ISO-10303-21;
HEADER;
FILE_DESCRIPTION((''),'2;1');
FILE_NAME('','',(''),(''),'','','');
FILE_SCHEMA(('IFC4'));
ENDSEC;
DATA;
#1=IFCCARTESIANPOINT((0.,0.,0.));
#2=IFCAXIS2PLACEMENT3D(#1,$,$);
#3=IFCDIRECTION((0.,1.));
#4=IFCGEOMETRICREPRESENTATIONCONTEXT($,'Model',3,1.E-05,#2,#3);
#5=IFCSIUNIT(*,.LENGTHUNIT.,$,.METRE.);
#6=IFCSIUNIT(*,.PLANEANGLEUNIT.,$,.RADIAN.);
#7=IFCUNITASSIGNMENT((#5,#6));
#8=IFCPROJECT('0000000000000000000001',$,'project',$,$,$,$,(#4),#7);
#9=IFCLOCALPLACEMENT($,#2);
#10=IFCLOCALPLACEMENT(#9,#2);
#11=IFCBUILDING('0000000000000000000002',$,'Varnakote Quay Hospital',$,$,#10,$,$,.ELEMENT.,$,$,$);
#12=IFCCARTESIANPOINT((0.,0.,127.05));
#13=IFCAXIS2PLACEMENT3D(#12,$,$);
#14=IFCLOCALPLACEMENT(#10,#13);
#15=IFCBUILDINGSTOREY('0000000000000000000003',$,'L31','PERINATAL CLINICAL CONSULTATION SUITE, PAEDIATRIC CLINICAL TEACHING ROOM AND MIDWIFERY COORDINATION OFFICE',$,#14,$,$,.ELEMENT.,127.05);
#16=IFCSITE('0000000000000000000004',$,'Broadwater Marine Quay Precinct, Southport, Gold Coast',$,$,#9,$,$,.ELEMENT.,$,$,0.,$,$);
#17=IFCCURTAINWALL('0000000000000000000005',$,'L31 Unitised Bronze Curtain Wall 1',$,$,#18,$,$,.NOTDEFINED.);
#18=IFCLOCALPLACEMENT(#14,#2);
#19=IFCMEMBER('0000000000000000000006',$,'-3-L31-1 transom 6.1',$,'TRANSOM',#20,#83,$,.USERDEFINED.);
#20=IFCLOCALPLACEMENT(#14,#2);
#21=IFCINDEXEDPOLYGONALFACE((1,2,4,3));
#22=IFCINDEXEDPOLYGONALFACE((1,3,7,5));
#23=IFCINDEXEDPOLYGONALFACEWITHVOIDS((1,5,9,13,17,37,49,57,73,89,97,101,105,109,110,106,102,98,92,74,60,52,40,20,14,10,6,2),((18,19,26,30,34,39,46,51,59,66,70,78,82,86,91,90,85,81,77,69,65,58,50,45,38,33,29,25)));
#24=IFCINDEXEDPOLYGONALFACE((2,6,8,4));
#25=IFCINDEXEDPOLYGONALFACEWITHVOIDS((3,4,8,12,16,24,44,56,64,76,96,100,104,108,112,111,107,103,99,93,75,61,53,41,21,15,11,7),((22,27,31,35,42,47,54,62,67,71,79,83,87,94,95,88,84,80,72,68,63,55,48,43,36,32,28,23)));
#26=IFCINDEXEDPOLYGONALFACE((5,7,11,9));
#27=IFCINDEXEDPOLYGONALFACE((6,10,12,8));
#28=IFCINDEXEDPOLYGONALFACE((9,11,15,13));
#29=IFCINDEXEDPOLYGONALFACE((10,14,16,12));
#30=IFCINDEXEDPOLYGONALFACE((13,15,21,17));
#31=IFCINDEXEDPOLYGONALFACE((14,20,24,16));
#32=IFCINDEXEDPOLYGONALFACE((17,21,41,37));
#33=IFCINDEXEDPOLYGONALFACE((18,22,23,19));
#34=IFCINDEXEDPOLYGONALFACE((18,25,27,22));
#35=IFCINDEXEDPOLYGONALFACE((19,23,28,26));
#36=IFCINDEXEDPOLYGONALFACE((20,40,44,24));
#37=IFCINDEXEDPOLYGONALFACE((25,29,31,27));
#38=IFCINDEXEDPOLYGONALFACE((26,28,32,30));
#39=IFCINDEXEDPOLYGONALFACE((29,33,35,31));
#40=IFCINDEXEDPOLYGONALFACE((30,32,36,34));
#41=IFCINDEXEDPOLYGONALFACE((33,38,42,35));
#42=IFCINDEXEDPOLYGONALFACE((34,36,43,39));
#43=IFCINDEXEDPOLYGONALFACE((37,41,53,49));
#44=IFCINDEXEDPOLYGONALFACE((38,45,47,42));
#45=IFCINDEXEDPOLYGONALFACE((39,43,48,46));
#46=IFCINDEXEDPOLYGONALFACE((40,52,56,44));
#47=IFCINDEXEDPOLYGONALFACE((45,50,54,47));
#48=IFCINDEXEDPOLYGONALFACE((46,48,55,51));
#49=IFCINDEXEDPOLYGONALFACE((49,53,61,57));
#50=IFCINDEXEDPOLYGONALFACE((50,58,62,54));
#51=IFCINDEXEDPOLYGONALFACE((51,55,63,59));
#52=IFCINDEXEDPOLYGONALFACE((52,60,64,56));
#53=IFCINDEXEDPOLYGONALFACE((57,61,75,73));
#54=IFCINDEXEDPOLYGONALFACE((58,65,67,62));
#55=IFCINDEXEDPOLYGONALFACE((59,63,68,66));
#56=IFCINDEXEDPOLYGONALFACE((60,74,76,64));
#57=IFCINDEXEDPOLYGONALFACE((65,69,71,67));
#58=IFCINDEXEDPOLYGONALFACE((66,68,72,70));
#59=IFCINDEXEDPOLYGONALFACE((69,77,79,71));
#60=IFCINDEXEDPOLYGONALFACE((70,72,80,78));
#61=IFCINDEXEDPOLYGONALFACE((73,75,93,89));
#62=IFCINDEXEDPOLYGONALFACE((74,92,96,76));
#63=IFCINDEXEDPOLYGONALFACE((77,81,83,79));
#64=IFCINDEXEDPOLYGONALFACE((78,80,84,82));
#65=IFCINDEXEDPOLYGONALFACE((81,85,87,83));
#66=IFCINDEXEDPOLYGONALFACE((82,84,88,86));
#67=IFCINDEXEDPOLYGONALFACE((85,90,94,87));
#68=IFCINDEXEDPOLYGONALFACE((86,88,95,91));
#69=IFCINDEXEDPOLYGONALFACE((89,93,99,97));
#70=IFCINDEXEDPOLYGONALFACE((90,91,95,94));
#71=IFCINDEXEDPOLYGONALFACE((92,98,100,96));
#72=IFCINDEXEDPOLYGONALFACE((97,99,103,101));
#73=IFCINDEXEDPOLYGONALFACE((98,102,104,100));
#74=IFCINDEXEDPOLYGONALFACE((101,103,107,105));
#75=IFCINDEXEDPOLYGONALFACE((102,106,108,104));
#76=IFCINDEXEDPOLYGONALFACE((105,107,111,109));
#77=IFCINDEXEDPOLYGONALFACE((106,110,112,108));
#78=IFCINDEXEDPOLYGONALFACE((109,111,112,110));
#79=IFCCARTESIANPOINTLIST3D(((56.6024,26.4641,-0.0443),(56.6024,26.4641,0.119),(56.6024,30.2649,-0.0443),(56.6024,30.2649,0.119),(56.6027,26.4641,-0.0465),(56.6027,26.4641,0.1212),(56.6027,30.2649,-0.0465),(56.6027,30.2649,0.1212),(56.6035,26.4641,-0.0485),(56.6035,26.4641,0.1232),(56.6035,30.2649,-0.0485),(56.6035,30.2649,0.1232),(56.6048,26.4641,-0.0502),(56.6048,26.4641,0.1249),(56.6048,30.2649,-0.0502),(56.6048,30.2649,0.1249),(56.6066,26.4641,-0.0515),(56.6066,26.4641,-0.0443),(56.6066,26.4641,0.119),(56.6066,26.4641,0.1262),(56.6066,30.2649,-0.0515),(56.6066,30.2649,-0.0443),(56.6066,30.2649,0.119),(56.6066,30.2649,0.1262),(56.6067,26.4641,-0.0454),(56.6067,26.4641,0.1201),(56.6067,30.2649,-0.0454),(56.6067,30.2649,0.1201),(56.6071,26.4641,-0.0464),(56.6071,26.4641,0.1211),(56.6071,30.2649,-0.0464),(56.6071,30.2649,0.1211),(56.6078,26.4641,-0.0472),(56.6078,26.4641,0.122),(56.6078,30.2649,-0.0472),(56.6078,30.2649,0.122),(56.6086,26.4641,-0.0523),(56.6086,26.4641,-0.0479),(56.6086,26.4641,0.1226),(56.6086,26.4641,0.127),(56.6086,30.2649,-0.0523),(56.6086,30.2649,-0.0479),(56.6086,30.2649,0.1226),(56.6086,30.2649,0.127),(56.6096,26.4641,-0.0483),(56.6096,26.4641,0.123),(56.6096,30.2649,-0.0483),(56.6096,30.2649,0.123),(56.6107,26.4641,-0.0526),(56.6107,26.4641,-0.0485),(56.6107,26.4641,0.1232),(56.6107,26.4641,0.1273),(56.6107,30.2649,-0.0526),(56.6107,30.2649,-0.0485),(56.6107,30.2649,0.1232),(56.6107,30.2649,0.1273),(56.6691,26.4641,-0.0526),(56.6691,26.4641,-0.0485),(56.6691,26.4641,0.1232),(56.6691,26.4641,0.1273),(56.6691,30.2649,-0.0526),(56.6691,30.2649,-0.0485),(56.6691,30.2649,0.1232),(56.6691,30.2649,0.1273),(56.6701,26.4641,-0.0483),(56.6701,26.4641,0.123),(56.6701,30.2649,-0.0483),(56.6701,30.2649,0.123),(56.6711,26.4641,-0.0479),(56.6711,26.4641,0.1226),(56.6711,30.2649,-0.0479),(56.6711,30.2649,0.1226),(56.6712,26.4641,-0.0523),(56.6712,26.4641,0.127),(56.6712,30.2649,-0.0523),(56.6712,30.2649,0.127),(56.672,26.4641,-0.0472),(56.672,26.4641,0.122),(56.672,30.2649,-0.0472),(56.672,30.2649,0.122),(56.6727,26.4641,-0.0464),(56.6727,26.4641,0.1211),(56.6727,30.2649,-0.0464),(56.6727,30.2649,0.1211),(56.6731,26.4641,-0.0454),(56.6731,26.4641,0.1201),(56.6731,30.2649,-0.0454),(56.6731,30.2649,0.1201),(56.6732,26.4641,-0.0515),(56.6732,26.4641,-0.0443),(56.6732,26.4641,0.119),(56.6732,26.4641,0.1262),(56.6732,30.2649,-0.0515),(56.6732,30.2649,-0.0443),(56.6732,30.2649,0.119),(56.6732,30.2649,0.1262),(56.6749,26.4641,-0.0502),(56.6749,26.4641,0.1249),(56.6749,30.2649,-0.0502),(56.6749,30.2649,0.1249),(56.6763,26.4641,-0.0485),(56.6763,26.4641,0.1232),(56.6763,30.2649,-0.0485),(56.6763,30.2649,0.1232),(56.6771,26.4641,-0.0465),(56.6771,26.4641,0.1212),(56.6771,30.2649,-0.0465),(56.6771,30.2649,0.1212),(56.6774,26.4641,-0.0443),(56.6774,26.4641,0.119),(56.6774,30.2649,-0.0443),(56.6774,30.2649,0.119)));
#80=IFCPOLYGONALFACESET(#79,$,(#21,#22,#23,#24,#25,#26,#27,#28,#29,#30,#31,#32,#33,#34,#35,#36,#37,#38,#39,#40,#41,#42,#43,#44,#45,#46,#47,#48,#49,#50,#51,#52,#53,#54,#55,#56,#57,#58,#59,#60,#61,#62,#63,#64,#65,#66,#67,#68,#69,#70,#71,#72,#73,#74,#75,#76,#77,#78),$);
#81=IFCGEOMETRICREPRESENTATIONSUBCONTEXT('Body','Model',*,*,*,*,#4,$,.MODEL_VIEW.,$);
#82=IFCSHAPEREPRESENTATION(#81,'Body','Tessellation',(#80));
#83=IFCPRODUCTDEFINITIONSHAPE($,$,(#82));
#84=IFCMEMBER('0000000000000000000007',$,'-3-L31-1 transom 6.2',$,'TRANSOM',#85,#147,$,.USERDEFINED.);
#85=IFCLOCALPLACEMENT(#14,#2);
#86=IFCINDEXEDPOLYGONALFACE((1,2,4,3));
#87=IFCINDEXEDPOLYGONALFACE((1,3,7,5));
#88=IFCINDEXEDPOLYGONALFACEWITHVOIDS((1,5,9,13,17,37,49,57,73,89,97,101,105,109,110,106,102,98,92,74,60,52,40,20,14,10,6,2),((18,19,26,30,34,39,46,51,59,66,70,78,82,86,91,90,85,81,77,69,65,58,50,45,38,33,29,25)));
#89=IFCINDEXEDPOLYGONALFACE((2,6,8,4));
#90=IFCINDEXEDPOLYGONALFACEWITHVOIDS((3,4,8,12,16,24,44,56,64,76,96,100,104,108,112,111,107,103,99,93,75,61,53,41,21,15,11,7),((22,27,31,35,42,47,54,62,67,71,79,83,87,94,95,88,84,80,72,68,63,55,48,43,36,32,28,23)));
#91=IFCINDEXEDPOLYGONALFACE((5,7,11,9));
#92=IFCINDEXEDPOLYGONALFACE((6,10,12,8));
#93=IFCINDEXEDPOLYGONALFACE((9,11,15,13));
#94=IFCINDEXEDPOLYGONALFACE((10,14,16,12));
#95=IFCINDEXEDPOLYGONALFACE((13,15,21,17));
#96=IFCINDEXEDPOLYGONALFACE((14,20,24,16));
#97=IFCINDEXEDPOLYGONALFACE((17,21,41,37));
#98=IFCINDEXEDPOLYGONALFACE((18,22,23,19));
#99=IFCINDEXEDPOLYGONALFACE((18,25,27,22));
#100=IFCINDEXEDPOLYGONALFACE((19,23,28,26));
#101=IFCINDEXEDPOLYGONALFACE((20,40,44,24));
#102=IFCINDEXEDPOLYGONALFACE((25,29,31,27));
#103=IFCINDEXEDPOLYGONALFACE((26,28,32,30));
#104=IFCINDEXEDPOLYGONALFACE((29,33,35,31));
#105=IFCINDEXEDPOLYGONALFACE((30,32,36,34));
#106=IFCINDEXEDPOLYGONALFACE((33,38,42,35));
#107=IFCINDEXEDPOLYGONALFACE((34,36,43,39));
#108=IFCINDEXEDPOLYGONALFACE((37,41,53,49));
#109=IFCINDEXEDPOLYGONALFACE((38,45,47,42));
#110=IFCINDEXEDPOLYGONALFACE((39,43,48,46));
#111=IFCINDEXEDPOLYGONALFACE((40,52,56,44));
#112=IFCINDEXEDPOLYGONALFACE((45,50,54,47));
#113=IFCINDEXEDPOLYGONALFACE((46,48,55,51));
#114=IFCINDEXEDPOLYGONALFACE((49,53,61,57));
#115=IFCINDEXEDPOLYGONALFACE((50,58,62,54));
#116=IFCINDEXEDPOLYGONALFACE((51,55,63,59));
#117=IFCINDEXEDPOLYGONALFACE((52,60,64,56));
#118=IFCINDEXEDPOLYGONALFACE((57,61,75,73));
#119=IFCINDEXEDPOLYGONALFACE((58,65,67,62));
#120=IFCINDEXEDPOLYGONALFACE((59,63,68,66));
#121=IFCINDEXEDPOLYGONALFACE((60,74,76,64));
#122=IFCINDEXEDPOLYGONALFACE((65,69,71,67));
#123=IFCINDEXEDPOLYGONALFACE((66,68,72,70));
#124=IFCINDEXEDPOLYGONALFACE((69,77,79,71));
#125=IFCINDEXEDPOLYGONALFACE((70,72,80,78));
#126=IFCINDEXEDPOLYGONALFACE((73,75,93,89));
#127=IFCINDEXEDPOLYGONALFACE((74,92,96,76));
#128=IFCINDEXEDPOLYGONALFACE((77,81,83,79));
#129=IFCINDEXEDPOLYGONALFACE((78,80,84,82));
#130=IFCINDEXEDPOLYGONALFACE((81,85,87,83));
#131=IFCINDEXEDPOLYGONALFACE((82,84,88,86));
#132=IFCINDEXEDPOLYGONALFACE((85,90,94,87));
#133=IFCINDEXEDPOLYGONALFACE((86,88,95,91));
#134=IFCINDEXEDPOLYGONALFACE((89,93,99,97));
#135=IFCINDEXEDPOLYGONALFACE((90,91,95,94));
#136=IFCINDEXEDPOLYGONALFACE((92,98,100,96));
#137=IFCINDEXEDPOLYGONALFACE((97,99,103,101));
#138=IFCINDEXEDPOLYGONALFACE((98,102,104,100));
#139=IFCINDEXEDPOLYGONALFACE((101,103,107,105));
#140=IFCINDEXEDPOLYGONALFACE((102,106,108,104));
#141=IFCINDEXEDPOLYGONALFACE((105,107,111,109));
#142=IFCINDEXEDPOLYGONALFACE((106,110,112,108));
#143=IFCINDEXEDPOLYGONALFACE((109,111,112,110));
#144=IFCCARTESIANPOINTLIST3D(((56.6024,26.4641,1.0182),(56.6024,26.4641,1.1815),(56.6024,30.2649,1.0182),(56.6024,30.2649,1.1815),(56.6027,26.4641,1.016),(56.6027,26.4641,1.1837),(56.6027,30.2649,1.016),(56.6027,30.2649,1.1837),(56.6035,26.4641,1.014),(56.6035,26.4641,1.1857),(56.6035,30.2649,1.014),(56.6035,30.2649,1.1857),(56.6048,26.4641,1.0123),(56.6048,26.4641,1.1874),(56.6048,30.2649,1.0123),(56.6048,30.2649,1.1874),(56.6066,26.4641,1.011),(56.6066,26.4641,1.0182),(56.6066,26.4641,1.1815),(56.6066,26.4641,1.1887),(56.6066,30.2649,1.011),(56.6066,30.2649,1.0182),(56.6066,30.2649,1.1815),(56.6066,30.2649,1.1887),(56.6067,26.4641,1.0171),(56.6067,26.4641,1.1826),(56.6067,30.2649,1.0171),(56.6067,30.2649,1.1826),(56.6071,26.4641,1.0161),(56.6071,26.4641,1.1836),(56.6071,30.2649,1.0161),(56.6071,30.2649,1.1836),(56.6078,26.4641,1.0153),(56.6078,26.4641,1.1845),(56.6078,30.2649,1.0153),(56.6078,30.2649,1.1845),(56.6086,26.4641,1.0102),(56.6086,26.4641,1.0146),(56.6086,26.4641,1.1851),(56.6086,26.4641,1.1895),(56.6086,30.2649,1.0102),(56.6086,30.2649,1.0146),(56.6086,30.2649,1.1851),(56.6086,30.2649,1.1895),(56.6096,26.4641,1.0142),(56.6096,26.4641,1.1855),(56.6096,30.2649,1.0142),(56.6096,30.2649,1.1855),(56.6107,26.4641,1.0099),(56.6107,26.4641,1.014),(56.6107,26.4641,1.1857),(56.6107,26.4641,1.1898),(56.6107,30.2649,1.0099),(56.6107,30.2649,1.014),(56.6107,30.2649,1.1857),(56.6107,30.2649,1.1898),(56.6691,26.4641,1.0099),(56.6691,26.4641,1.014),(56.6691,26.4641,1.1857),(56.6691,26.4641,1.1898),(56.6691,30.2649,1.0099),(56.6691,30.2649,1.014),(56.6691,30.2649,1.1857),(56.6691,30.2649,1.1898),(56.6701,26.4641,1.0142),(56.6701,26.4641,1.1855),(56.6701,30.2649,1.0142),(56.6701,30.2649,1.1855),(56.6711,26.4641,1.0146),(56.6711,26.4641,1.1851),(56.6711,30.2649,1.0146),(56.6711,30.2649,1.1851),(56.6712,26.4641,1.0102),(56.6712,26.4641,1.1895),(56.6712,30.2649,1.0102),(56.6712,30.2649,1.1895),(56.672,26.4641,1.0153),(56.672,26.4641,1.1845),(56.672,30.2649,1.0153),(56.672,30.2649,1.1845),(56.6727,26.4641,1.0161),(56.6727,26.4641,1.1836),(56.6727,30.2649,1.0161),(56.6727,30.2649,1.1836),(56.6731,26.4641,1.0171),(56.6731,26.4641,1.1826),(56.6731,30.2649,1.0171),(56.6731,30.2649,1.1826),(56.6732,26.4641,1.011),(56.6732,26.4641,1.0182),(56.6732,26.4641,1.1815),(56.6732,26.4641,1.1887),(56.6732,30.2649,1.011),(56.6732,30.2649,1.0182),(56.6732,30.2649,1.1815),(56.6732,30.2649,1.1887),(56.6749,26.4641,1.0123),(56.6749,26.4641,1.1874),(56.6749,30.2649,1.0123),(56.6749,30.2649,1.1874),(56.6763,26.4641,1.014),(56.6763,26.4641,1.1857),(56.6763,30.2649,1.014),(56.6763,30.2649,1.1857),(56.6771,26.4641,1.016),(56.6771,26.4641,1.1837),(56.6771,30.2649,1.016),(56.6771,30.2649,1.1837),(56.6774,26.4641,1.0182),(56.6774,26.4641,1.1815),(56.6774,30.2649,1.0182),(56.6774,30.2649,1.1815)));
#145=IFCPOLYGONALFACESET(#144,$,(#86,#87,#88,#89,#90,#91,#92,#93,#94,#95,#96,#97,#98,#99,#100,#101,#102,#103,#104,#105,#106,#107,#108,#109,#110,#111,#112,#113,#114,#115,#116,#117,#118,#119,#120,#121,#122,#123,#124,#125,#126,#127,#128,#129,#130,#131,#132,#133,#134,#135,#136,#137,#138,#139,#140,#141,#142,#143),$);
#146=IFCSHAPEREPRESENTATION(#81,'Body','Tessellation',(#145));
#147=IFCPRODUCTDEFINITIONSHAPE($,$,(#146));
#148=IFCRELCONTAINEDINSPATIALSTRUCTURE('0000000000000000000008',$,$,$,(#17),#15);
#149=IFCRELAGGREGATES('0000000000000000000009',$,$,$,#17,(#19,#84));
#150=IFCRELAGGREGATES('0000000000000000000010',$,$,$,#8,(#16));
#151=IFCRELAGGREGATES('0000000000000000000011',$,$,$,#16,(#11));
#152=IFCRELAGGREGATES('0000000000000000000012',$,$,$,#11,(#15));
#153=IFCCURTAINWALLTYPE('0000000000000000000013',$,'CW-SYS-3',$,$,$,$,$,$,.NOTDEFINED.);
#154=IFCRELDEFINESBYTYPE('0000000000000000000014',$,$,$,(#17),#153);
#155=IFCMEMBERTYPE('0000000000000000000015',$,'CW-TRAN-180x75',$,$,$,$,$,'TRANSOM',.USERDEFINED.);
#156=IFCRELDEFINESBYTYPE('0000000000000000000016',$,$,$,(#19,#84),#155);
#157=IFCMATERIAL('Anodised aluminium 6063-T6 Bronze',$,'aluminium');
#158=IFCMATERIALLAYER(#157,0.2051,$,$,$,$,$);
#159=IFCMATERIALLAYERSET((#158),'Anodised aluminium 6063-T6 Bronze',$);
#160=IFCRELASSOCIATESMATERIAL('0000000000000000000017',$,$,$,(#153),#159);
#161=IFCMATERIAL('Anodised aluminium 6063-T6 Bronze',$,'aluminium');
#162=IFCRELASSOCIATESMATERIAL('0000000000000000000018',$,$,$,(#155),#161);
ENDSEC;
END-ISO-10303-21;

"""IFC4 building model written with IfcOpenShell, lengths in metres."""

from ifc_helpers import new_model, si_unit, direction, frame, origin, origin_2d, place, context, subcontext, project, spatial, hollow_rectangle, extrude, material, layer, layer_set, material_profile, profile_set, type_object, element, aggregate, save


model = new_model("IFC4")

# Units and contexts
model_context = context("Model", 3, precision=1e-05, world=origin(), true_north=direction((0.0, 1.0)))
body_context = subcontext(model_context, "Body", "Model", "MODEL_VIEW")
ifc_project = project(units=[si_unit("LENGTHUNIT", "METRE"), si_unit("PLANEANGLEUNIT", "RADIAN")], contexts=[model_context])

# Site, building, storey
site_placement = place(None, origin())
site = spatial("IfcSite", under=ifc_project, at=site_placement, Name="Broadwater Marine Quay Precinct, Southport, Gold Coast", CompositionType="ELEMENT", RefElevation=0.0)
building_placement = place(site_placement, origin())
building = spatial("IfcBuilding", under=site, at=building_placement, Name="Varnakote Quay Hospital", CompositionType="ELEMENT")
storey_placement = place(building_placement, frame((0.0, 0.0, 127.05)))
storey = spatial("IfcBuildingStorey", under=building, at=storey_placement, Name="L31", Description="PERINATAL CLINICAL CONSULTATION SUITE, PAEDIATRIC CLINICAL TEACHING ROOM AND MIDWIFERY COORDINATION OFFICE", CompositionType="ELEMENT", Elevation=127.05)

# Curtain wall, members
ifc_material_1 = material(Name="Anodised aluminium 6063-T6 Bronze", Category="aluminium")
ifc_layer_1 = layer(ifc_material_1, 0.2051)
ifc_layer_set_1 = layer_set([ifc_layer_1], Name="Anodised aluminium 6063-T6 Bronze")
curtain_wall_type = type_object("IfcCurtainWallType", Name="CW-SYS-3", PredefinedType="NOTDEFINED", material=ifc_layer_set_1)
curtain_wall_placement = place(storey_placement, origin())
curtain_wall = element("IfcCurtainWall", 1, at=curtain_wall_placement, inside=storey, type_object=curtain_wall_type, Name="L31 Unitised Bronze Curtain Wall 1", PredefinedType="NOTDEFINED")
ifc_material_2 = material(Name="Anodised aluminium 6063-T6 Bronze", Category="aluminium")
ifc_material_profile_1 = material_profile(ifc_material_2, hollow_rectangle(XDim=0.075, YDim=0.1799, WallThickness=0.0042, InnerFilletRadius=0.0042, OuterFilletRadius=0.0083, at=origin_2d()), Name="CW-TRAN-180x75")
ifc_profile_set_1 = profile_set([ifc_material_profile_1], Name="Anodised aluminium 6063-T6 Bronze")
member_type_1 = type_object("IfcMemberType", Name="CW-TRAN-180x75", ElementType="TRANSOM", PredefinedType="USERDEFINED", material=ifc_profile_set_1)
member_1_placement = place(storey_placement, frame((56.6399, 26.4641, 0.0374), z_axis=(0.0, 1.0, 0.0), x_axis=(-1.0, 0.0, 0.0)))
member_1 = element("IfcMember", 2, at=member_1_placement, type_object=member_type_1, Name="-3-L31-1 transom 6.1", ObjectType="TRANSOM", PredefinedType="USERDEFINED", context=body_context, shape_type="SweptSolid", body=[
    extrude(hollow_rectangle(XDim=0.075, YDim=0.1799, WallThickness=0.0042, InnerFilletRadius=0.0042, OuterFilletRadius=0.0083, at=origin_2d()), origin(), (0.0, 0.0, 1.0), 3.8008),
])
member_2_placement = place(storey_placement, frame((56.6399, 26.4641, 1.0999), z_axis=(0.0, 1.0, 0.0), x_axis=(-1.0, 0.0, 0.0)))
member_2 = element("IfcMember", 3, at=member_2_placement, type_object=member_type_1, Name="-3-L31-1 transom 6.2", ObjectType="TRANSOM", PredefinedType="USERDEFINED", context=body_context, shape_type="SweptSolid", body=[
    extrude(hollow_rectangle(XDim=0.075, YDim=0.1799, WallThickness=0.0042, InnerFilletRadius=0.0042, OuterFilletRadius=0.0083, at=origin_2d()), origin(), (0.0, 0.0, 1.0), 3.8008),
])
aggregate(curtain_wall, [member_1, member_2])

save(model, "model.ifc")
